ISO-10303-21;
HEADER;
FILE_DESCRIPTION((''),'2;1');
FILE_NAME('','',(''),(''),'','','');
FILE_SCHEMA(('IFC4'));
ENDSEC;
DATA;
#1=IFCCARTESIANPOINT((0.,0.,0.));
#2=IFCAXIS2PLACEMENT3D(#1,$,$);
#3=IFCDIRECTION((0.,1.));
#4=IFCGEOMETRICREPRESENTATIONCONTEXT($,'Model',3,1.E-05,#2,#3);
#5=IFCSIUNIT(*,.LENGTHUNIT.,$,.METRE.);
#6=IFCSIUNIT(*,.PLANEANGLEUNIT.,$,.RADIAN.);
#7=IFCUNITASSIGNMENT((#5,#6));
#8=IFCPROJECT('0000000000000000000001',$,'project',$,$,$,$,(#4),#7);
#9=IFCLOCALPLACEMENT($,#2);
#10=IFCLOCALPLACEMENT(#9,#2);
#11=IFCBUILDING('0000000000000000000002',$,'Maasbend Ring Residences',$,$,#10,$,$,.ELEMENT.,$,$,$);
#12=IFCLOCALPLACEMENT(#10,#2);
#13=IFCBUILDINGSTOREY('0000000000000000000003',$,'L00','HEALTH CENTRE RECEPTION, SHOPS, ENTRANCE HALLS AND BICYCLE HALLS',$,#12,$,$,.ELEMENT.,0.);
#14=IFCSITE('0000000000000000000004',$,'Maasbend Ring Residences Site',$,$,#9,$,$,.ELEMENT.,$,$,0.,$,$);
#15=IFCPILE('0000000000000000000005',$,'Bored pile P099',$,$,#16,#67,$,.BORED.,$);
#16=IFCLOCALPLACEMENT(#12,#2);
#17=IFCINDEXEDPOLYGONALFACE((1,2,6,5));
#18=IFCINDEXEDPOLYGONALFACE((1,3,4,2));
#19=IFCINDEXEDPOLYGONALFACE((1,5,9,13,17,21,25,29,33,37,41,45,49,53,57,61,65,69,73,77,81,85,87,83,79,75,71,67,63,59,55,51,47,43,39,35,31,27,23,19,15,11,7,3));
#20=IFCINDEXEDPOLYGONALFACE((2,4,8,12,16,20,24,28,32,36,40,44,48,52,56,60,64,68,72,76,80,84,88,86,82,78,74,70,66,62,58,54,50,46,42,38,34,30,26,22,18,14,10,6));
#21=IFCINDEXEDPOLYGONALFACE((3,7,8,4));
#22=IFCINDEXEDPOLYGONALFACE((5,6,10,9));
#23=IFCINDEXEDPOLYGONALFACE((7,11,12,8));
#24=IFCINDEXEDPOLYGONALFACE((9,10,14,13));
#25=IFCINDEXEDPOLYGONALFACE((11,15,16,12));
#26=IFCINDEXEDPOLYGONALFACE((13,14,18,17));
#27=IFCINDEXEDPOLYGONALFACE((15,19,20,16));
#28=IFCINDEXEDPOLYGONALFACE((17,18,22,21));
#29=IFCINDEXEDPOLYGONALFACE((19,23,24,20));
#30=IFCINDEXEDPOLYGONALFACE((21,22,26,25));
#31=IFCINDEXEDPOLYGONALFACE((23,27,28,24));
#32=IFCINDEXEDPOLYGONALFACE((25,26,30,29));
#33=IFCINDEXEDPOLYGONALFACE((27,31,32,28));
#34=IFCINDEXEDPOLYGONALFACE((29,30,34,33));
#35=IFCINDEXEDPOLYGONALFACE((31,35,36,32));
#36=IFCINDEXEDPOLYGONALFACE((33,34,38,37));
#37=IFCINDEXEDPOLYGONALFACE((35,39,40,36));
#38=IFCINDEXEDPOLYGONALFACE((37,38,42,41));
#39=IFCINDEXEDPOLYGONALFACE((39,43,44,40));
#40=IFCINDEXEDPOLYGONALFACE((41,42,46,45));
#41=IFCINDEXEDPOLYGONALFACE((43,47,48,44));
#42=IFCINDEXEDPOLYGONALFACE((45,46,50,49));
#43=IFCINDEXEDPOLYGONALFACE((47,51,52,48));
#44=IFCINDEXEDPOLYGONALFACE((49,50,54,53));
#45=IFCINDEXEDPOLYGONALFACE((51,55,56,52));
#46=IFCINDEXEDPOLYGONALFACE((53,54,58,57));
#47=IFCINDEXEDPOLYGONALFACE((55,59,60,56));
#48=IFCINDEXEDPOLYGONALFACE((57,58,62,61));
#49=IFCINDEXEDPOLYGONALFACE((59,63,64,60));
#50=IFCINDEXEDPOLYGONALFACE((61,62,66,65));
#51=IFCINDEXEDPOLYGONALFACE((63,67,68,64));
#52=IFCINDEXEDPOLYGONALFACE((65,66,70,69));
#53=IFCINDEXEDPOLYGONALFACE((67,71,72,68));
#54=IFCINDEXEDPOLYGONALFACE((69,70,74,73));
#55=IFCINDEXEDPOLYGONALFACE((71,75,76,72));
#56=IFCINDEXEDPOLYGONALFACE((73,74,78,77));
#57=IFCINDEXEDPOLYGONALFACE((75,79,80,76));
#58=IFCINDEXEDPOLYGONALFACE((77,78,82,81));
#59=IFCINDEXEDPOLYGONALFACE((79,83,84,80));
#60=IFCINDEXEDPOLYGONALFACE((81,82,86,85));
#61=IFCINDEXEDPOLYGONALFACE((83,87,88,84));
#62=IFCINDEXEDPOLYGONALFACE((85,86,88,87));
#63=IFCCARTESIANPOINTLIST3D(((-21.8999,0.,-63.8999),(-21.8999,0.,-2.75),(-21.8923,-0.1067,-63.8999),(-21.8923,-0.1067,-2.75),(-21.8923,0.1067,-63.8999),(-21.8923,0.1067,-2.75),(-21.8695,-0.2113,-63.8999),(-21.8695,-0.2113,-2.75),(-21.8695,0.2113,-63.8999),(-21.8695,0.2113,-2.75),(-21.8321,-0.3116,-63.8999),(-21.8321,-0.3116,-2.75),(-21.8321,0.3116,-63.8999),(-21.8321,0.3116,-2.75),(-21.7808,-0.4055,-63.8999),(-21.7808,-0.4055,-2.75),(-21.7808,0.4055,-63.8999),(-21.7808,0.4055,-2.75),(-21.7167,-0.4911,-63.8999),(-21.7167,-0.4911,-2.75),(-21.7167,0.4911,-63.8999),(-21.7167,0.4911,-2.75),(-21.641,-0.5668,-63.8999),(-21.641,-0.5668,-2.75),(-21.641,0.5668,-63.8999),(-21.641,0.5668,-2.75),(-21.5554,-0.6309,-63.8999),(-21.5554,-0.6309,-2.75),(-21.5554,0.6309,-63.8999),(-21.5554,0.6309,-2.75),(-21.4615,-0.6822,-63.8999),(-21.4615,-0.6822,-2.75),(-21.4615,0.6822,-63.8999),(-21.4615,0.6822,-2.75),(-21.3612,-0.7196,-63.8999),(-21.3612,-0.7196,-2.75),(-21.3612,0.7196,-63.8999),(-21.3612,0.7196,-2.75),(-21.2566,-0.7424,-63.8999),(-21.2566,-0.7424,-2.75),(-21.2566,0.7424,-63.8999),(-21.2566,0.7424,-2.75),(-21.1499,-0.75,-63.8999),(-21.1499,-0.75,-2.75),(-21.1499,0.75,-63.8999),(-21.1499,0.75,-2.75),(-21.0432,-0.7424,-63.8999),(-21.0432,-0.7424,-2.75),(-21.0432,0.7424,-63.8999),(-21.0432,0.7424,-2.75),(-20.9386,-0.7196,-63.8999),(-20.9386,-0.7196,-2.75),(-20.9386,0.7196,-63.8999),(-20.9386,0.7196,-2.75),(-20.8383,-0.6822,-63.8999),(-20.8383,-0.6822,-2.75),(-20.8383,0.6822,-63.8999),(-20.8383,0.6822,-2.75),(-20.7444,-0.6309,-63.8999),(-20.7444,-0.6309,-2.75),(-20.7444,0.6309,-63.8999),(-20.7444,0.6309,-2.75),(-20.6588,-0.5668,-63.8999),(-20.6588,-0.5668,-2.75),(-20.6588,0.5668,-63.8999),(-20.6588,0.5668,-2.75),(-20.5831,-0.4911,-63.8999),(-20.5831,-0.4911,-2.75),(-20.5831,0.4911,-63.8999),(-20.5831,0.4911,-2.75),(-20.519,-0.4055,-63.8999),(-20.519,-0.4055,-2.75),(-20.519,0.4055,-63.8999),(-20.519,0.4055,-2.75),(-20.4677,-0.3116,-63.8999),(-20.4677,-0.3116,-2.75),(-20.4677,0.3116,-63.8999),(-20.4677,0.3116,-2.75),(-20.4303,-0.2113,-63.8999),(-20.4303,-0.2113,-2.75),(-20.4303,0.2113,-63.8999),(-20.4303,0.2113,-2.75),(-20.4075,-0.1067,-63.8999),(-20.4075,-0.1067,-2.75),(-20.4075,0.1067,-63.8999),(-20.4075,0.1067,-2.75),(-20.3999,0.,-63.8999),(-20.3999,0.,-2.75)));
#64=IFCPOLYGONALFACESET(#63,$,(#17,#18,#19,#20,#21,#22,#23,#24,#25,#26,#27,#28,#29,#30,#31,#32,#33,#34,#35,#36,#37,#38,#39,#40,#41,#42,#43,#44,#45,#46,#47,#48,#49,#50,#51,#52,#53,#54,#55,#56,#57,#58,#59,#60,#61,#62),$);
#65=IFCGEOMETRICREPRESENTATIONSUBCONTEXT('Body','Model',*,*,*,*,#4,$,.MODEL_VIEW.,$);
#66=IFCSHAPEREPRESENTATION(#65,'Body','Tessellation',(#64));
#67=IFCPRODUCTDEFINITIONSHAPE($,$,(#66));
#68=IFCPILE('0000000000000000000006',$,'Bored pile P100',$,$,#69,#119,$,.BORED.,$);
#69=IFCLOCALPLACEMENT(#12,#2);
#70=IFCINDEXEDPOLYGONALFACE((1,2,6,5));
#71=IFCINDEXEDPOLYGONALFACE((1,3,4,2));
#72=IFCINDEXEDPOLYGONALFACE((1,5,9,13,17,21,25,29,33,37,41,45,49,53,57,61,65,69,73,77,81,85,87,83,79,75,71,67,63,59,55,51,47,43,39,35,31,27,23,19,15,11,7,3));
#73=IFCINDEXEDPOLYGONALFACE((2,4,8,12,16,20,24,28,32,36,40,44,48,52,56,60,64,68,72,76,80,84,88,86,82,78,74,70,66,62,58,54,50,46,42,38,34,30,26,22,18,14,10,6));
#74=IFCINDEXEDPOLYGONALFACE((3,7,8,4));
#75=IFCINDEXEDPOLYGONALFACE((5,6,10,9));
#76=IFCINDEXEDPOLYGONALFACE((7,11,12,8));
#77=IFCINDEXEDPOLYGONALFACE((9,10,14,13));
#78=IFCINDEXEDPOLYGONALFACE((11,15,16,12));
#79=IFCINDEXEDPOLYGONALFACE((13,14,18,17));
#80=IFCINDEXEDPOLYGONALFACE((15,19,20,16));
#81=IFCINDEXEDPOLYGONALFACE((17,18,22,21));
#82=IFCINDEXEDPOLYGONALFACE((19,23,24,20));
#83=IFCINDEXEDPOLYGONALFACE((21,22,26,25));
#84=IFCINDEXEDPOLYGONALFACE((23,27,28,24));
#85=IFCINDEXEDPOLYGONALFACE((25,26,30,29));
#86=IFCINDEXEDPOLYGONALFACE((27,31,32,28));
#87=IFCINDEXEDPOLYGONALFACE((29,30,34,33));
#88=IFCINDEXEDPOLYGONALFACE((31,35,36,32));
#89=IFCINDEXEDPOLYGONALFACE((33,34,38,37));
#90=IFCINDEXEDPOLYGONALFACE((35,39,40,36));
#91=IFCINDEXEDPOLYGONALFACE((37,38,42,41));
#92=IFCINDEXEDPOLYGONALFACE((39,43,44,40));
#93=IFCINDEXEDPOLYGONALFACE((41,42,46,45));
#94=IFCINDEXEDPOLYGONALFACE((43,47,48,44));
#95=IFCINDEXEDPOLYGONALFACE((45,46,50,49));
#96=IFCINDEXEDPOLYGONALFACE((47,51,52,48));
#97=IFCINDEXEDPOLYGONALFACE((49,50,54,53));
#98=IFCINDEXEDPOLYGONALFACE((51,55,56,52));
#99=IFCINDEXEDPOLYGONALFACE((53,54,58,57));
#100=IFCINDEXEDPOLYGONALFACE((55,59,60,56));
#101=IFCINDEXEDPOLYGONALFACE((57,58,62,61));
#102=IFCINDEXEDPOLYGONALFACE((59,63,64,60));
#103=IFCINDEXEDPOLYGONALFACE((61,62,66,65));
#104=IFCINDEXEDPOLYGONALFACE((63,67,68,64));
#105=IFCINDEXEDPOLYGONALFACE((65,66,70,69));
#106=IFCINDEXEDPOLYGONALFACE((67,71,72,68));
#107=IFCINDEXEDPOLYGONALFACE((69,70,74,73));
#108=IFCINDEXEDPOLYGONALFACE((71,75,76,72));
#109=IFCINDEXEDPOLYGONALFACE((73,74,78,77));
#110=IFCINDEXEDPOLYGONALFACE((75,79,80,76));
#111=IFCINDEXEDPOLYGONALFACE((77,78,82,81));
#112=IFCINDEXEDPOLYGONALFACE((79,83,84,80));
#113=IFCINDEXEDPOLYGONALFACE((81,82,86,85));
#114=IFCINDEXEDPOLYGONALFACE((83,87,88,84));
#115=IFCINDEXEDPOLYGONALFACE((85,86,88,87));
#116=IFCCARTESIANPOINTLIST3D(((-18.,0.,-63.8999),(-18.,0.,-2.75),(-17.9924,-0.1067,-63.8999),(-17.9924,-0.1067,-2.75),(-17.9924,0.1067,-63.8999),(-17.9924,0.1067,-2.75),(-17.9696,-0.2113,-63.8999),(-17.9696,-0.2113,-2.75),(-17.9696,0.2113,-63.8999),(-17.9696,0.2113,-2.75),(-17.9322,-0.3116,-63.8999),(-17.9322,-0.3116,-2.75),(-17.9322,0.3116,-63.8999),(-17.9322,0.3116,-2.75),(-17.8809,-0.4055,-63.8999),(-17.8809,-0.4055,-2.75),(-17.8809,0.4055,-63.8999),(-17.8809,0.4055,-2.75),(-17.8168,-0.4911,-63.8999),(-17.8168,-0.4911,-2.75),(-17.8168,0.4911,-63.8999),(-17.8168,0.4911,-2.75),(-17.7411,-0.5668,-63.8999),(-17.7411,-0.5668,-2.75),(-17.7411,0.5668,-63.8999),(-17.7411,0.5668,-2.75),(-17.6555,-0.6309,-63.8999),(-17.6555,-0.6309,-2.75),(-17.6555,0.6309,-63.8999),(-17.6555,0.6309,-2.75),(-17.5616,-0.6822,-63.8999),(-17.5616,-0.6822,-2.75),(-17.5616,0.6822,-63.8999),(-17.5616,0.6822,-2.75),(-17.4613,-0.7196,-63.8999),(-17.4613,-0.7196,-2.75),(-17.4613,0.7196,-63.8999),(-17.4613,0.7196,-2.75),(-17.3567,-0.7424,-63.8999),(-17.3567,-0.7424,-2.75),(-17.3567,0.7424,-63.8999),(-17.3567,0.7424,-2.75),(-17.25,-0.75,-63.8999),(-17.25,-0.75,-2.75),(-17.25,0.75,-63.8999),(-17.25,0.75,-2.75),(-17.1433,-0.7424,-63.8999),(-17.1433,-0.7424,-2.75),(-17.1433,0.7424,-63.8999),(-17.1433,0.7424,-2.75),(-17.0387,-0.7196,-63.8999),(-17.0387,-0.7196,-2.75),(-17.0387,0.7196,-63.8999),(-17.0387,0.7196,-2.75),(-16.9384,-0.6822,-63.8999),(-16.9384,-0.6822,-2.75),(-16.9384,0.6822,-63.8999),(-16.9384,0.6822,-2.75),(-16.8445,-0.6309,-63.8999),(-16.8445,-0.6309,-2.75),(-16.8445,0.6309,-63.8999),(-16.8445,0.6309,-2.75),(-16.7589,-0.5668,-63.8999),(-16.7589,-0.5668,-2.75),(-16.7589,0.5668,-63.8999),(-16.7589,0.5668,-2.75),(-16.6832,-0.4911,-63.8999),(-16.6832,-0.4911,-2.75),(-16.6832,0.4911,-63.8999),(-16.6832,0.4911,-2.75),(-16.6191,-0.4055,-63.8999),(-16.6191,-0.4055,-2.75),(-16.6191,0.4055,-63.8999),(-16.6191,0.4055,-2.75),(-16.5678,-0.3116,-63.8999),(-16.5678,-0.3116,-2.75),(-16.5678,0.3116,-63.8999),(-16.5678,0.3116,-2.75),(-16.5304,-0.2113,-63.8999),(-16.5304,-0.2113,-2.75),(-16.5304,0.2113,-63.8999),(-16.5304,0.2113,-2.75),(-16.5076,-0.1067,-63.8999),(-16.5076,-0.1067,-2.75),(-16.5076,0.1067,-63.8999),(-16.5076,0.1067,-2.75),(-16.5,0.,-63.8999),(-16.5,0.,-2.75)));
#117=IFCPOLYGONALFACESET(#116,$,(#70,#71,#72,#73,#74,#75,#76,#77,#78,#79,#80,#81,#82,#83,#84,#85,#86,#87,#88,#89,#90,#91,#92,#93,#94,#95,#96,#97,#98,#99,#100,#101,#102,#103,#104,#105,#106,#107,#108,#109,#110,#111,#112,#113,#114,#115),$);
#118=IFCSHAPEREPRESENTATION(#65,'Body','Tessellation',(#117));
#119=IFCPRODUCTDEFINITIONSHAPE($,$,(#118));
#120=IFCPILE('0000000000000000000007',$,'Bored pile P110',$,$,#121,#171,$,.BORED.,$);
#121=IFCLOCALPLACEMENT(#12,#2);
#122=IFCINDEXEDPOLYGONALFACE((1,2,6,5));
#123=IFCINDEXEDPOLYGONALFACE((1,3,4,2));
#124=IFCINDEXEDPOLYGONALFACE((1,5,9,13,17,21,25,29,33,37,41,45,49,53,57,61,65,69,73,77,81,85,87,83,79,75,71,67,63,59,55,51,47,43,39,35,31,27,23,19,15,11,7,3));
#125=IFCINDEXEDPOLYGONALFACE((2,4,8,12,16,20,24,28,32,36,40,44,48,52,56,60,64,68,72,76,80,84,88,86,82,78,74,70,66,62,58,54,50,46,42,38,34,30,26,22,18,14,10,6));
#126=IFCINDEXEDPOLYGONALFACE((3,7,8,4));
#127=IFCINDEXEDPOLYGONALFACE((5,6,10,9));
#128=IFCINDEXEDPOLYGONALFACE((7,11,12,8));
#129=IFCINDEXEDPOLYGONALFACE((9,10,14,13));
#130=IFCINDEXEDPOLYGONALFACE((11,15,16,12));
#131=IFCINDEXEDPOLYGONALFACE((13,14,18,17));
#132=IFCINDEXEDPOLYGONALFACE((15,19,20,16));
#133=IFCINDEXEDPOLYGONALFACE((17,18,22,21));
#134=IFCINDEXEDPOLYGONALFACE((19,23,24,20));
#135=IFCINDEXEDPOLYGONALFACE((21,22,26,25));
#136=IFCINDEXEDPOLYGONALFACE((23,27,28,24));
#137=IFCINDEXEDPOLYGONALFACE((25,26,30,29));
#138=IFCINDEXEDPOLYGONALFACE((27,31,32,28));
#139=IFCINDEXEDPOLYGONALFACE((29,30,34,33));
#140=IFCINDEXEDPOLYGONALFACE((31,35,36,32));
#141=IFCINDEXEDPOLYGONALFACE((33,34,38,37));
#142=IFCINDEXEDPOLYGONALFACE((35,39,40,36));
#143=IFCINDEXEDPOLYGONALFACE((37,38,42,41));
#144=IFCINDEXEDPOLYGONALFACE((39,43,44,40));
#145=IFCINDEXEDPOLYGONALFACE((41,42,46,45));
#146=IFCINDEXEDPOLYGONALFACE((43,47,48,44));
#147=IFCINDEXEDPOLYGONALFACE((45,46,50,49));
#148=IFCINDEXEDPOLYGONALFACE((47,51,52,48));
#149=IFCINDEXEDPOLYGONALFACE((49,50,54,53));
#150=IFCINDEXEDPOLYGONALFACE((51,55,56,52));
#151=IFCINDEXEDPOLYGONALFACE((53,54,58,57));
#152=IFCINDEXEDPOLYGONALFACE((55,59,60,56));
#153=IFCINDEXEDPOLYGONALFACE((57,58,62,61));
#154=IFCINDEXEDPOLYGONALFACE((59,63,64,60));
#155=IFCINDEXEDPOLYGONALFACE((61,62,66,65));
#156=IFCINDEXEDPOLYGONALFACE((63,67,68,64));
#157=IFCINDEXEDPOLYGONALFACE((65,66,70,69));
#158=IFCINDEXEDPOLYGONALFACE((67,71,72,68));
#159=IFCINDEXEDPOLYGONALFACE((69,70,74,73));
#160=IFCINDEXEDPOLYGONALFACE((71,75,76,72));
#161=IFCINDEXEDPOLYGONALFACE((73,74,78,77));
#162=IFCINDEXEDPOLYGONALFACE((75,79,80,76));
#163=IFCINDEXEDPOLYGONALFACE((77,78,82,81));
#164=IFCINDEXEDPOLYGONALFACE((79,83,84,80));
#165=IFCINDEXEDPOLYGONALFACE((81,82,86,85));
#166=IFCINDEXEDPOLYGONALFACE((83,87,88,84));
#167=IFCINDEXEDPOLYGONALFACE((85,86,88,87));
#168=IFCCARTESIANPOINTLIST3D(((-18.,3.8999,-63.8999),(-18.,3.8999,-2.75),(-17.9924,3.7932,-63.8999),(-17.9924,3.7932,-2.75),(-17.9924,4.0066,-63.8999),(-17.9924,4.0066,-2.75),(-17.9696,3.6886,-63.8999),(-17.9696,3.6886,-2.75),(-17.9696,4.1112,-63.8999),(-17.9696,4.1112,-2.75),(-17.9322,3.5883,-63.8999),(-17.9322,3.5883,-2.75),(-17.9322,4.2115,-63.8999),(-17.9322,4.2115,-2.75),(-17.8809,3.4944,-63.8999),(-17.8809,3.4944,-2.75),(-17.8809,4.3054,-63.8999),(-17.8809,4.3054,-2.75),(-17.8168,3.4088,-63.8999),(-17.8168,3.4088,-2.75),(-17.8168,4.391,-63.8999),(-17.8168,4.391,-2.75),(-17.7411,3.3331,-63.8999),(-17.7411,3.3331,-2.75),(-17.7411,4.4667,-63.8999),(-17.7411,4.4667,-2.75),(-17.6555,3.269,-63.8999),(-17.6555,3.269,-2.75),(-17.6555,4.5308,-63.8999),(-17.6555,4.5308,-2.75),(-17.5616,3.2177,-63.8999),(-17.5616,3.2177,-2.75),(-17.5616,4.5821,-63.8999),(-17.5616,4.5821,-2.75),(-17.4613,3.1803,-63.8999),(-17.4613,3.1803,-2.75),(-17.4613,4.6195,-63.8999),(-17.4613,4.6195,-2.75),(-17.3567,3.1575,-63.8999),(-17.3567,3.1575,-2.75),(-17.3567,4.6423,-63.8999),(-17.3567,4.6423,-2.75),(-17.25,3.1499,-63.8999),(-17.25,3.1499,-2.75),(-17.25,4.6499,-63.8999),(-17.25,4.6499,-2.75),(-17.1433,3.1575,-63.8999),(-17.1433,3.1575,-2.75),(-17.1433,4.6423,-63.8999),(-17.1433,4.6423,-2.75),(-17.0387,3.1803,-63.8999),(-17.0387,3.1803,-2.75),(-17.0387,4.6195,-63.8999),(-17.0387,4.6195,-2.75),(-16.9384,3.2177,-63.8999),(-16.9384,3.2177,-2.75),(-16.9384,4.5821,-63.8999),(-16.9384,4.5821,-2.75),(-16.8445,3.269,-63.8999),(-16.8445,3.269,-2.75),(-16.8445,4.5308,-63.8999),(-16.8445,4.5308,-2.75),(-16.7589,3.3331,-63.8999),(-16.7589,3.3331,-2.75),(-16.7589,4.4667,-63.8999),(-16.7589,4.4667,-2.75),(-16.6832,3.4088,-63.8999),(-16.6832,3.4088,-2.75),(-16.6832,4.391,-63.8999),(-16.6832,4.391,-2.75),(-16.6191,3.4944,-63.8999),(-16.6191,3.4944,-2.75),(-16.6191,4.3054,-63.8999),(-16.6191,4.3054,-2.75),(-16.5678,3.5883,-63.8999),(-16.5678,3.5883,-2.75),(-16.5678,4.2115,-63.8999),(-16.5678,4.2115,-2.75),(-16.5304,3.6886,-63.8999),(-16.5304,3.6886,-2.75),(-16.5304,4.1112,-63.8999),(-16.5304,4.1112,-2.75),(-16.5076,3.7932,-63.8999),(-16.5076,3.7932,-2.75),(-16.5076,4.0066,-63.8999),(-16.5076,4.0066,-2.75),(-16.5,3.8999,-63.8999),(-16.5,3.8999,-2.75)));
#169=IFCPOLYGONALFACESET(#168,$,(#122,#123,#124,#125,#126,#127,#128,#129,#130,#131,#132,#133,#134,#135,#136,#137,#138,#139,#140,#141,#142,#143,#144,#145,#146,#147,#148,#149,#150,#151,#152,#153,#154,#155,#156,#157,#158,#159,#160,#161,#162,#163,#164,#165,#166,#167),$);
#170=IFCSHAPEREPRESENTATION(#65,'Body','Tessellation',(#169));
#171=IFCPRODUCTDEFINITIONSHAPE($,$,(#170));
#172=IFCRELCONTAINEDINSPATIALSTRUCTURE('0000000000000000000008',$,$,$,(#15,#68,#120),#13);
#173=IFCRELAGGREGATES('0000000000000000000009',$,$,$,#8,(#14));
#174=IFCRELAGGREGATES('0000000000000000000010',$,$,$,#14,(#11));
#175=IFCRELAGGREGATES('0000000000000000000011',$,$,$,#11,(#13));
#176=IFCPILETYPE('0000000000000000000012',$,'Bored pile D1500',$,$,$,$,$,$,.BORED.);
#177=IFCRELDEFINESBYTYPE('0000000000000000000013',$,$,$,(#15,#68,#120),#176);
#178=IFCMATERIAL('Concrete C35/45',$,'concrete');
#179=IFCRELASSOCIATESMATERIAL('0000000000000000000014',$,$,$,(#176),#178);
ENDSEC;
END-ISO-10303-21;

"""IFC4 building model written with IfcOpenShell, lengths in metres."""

from ifc_helpers import new_model, si_unit, direction, frame, origin, origin_2d, place, context, subcontext, project, spatial, circle, extrude, material, material_profile, profile_set, type_object, element, save


model = new_model("IFC4")

# Units and contexts
model_context = context("Model", 3, precision=1e-05, world=origin(), true_north=direction((0.0, 1.0)))
body_context = subcontext(model_context, "Body", "Model", "MODEL_VIEW")
ifc_project = project(units=[si_unit("LENGTHUNIT", "METRE"), si_unit("PLANEANGLEUNIT", "RADIAN")], contexts=[model_context])

# Site, building, storey
site_placement = place(None, origin())
site = spatial("IfcSite", under=ifc_project, at=site_placement, Name="Maasbend Ring Residences Site", CompositionType="ELEMENT", RefElevation=0.0)
building_placement = place(site_placement, origin())
building = spatial("IfcBuilding", under=site, at=building_placement, Name="Maasbend Ring Residences", CompositionType="ELEMENT")
storey_placement = place(building_placement, origin())
storey = spatial("IfcBuildingStorey", under=building, at=storey_placement, Name="L00", Description="HEALTH CENTRE RECEPTION, SHOPS, ENTRANCE HALLS AND BICYCLE HALLS", CompositionType="ELEMENT", Elevation=0.0)

# Piles
ifc_material_1 = material(Name="Concrete C35/45", Category="concrete")
ifc_material_profile = material_profile(ifc_material_1, circle(Radius=0.75, at=origin_2d()), Name="Bored pile D1500")
ifc_profile_set = profile_set([ifc_material_profile], Name="Concrete C35/45")
pile_type = type_object("IfcPileType", Name="Bored pile D1500", PredefinedType="BORED", material=ifc_profile_set)
for number, where, z_axis, x_axis, name in (
    (1, (-21.1499, 0.0, -2.75), (0.0, 0.0, -1.0), (1.0, 0.0, 0.0), "Bored pile P099"),
    (2, (-17.25, 0.0, -2.75), (0.0, 0.0, -1.0), (1.0, 0.0, 0.0), "Bored pile P100"),
    (3, (-17.25, 3.8999, -2.75), (0.0, 0.0, -1.0), (1.0, 0.0, 0.0), "Bored pile P110"),
):
    element("IfcPile", number, at=place(storey_placement, frame(where, z_axis=z_axis, x_axis=x_axis)), inside=storey, type_object=pile_type, Name=name, PredefinedType="BORED", context=body_context, shape_type="SweptSolid", body=[
        extrude(circle(Radius=0.75, at=origin_2d()), origin(), (0.0, 0.0, 1.0), 61.1499),
    ])

save(model, "model.ifc")
